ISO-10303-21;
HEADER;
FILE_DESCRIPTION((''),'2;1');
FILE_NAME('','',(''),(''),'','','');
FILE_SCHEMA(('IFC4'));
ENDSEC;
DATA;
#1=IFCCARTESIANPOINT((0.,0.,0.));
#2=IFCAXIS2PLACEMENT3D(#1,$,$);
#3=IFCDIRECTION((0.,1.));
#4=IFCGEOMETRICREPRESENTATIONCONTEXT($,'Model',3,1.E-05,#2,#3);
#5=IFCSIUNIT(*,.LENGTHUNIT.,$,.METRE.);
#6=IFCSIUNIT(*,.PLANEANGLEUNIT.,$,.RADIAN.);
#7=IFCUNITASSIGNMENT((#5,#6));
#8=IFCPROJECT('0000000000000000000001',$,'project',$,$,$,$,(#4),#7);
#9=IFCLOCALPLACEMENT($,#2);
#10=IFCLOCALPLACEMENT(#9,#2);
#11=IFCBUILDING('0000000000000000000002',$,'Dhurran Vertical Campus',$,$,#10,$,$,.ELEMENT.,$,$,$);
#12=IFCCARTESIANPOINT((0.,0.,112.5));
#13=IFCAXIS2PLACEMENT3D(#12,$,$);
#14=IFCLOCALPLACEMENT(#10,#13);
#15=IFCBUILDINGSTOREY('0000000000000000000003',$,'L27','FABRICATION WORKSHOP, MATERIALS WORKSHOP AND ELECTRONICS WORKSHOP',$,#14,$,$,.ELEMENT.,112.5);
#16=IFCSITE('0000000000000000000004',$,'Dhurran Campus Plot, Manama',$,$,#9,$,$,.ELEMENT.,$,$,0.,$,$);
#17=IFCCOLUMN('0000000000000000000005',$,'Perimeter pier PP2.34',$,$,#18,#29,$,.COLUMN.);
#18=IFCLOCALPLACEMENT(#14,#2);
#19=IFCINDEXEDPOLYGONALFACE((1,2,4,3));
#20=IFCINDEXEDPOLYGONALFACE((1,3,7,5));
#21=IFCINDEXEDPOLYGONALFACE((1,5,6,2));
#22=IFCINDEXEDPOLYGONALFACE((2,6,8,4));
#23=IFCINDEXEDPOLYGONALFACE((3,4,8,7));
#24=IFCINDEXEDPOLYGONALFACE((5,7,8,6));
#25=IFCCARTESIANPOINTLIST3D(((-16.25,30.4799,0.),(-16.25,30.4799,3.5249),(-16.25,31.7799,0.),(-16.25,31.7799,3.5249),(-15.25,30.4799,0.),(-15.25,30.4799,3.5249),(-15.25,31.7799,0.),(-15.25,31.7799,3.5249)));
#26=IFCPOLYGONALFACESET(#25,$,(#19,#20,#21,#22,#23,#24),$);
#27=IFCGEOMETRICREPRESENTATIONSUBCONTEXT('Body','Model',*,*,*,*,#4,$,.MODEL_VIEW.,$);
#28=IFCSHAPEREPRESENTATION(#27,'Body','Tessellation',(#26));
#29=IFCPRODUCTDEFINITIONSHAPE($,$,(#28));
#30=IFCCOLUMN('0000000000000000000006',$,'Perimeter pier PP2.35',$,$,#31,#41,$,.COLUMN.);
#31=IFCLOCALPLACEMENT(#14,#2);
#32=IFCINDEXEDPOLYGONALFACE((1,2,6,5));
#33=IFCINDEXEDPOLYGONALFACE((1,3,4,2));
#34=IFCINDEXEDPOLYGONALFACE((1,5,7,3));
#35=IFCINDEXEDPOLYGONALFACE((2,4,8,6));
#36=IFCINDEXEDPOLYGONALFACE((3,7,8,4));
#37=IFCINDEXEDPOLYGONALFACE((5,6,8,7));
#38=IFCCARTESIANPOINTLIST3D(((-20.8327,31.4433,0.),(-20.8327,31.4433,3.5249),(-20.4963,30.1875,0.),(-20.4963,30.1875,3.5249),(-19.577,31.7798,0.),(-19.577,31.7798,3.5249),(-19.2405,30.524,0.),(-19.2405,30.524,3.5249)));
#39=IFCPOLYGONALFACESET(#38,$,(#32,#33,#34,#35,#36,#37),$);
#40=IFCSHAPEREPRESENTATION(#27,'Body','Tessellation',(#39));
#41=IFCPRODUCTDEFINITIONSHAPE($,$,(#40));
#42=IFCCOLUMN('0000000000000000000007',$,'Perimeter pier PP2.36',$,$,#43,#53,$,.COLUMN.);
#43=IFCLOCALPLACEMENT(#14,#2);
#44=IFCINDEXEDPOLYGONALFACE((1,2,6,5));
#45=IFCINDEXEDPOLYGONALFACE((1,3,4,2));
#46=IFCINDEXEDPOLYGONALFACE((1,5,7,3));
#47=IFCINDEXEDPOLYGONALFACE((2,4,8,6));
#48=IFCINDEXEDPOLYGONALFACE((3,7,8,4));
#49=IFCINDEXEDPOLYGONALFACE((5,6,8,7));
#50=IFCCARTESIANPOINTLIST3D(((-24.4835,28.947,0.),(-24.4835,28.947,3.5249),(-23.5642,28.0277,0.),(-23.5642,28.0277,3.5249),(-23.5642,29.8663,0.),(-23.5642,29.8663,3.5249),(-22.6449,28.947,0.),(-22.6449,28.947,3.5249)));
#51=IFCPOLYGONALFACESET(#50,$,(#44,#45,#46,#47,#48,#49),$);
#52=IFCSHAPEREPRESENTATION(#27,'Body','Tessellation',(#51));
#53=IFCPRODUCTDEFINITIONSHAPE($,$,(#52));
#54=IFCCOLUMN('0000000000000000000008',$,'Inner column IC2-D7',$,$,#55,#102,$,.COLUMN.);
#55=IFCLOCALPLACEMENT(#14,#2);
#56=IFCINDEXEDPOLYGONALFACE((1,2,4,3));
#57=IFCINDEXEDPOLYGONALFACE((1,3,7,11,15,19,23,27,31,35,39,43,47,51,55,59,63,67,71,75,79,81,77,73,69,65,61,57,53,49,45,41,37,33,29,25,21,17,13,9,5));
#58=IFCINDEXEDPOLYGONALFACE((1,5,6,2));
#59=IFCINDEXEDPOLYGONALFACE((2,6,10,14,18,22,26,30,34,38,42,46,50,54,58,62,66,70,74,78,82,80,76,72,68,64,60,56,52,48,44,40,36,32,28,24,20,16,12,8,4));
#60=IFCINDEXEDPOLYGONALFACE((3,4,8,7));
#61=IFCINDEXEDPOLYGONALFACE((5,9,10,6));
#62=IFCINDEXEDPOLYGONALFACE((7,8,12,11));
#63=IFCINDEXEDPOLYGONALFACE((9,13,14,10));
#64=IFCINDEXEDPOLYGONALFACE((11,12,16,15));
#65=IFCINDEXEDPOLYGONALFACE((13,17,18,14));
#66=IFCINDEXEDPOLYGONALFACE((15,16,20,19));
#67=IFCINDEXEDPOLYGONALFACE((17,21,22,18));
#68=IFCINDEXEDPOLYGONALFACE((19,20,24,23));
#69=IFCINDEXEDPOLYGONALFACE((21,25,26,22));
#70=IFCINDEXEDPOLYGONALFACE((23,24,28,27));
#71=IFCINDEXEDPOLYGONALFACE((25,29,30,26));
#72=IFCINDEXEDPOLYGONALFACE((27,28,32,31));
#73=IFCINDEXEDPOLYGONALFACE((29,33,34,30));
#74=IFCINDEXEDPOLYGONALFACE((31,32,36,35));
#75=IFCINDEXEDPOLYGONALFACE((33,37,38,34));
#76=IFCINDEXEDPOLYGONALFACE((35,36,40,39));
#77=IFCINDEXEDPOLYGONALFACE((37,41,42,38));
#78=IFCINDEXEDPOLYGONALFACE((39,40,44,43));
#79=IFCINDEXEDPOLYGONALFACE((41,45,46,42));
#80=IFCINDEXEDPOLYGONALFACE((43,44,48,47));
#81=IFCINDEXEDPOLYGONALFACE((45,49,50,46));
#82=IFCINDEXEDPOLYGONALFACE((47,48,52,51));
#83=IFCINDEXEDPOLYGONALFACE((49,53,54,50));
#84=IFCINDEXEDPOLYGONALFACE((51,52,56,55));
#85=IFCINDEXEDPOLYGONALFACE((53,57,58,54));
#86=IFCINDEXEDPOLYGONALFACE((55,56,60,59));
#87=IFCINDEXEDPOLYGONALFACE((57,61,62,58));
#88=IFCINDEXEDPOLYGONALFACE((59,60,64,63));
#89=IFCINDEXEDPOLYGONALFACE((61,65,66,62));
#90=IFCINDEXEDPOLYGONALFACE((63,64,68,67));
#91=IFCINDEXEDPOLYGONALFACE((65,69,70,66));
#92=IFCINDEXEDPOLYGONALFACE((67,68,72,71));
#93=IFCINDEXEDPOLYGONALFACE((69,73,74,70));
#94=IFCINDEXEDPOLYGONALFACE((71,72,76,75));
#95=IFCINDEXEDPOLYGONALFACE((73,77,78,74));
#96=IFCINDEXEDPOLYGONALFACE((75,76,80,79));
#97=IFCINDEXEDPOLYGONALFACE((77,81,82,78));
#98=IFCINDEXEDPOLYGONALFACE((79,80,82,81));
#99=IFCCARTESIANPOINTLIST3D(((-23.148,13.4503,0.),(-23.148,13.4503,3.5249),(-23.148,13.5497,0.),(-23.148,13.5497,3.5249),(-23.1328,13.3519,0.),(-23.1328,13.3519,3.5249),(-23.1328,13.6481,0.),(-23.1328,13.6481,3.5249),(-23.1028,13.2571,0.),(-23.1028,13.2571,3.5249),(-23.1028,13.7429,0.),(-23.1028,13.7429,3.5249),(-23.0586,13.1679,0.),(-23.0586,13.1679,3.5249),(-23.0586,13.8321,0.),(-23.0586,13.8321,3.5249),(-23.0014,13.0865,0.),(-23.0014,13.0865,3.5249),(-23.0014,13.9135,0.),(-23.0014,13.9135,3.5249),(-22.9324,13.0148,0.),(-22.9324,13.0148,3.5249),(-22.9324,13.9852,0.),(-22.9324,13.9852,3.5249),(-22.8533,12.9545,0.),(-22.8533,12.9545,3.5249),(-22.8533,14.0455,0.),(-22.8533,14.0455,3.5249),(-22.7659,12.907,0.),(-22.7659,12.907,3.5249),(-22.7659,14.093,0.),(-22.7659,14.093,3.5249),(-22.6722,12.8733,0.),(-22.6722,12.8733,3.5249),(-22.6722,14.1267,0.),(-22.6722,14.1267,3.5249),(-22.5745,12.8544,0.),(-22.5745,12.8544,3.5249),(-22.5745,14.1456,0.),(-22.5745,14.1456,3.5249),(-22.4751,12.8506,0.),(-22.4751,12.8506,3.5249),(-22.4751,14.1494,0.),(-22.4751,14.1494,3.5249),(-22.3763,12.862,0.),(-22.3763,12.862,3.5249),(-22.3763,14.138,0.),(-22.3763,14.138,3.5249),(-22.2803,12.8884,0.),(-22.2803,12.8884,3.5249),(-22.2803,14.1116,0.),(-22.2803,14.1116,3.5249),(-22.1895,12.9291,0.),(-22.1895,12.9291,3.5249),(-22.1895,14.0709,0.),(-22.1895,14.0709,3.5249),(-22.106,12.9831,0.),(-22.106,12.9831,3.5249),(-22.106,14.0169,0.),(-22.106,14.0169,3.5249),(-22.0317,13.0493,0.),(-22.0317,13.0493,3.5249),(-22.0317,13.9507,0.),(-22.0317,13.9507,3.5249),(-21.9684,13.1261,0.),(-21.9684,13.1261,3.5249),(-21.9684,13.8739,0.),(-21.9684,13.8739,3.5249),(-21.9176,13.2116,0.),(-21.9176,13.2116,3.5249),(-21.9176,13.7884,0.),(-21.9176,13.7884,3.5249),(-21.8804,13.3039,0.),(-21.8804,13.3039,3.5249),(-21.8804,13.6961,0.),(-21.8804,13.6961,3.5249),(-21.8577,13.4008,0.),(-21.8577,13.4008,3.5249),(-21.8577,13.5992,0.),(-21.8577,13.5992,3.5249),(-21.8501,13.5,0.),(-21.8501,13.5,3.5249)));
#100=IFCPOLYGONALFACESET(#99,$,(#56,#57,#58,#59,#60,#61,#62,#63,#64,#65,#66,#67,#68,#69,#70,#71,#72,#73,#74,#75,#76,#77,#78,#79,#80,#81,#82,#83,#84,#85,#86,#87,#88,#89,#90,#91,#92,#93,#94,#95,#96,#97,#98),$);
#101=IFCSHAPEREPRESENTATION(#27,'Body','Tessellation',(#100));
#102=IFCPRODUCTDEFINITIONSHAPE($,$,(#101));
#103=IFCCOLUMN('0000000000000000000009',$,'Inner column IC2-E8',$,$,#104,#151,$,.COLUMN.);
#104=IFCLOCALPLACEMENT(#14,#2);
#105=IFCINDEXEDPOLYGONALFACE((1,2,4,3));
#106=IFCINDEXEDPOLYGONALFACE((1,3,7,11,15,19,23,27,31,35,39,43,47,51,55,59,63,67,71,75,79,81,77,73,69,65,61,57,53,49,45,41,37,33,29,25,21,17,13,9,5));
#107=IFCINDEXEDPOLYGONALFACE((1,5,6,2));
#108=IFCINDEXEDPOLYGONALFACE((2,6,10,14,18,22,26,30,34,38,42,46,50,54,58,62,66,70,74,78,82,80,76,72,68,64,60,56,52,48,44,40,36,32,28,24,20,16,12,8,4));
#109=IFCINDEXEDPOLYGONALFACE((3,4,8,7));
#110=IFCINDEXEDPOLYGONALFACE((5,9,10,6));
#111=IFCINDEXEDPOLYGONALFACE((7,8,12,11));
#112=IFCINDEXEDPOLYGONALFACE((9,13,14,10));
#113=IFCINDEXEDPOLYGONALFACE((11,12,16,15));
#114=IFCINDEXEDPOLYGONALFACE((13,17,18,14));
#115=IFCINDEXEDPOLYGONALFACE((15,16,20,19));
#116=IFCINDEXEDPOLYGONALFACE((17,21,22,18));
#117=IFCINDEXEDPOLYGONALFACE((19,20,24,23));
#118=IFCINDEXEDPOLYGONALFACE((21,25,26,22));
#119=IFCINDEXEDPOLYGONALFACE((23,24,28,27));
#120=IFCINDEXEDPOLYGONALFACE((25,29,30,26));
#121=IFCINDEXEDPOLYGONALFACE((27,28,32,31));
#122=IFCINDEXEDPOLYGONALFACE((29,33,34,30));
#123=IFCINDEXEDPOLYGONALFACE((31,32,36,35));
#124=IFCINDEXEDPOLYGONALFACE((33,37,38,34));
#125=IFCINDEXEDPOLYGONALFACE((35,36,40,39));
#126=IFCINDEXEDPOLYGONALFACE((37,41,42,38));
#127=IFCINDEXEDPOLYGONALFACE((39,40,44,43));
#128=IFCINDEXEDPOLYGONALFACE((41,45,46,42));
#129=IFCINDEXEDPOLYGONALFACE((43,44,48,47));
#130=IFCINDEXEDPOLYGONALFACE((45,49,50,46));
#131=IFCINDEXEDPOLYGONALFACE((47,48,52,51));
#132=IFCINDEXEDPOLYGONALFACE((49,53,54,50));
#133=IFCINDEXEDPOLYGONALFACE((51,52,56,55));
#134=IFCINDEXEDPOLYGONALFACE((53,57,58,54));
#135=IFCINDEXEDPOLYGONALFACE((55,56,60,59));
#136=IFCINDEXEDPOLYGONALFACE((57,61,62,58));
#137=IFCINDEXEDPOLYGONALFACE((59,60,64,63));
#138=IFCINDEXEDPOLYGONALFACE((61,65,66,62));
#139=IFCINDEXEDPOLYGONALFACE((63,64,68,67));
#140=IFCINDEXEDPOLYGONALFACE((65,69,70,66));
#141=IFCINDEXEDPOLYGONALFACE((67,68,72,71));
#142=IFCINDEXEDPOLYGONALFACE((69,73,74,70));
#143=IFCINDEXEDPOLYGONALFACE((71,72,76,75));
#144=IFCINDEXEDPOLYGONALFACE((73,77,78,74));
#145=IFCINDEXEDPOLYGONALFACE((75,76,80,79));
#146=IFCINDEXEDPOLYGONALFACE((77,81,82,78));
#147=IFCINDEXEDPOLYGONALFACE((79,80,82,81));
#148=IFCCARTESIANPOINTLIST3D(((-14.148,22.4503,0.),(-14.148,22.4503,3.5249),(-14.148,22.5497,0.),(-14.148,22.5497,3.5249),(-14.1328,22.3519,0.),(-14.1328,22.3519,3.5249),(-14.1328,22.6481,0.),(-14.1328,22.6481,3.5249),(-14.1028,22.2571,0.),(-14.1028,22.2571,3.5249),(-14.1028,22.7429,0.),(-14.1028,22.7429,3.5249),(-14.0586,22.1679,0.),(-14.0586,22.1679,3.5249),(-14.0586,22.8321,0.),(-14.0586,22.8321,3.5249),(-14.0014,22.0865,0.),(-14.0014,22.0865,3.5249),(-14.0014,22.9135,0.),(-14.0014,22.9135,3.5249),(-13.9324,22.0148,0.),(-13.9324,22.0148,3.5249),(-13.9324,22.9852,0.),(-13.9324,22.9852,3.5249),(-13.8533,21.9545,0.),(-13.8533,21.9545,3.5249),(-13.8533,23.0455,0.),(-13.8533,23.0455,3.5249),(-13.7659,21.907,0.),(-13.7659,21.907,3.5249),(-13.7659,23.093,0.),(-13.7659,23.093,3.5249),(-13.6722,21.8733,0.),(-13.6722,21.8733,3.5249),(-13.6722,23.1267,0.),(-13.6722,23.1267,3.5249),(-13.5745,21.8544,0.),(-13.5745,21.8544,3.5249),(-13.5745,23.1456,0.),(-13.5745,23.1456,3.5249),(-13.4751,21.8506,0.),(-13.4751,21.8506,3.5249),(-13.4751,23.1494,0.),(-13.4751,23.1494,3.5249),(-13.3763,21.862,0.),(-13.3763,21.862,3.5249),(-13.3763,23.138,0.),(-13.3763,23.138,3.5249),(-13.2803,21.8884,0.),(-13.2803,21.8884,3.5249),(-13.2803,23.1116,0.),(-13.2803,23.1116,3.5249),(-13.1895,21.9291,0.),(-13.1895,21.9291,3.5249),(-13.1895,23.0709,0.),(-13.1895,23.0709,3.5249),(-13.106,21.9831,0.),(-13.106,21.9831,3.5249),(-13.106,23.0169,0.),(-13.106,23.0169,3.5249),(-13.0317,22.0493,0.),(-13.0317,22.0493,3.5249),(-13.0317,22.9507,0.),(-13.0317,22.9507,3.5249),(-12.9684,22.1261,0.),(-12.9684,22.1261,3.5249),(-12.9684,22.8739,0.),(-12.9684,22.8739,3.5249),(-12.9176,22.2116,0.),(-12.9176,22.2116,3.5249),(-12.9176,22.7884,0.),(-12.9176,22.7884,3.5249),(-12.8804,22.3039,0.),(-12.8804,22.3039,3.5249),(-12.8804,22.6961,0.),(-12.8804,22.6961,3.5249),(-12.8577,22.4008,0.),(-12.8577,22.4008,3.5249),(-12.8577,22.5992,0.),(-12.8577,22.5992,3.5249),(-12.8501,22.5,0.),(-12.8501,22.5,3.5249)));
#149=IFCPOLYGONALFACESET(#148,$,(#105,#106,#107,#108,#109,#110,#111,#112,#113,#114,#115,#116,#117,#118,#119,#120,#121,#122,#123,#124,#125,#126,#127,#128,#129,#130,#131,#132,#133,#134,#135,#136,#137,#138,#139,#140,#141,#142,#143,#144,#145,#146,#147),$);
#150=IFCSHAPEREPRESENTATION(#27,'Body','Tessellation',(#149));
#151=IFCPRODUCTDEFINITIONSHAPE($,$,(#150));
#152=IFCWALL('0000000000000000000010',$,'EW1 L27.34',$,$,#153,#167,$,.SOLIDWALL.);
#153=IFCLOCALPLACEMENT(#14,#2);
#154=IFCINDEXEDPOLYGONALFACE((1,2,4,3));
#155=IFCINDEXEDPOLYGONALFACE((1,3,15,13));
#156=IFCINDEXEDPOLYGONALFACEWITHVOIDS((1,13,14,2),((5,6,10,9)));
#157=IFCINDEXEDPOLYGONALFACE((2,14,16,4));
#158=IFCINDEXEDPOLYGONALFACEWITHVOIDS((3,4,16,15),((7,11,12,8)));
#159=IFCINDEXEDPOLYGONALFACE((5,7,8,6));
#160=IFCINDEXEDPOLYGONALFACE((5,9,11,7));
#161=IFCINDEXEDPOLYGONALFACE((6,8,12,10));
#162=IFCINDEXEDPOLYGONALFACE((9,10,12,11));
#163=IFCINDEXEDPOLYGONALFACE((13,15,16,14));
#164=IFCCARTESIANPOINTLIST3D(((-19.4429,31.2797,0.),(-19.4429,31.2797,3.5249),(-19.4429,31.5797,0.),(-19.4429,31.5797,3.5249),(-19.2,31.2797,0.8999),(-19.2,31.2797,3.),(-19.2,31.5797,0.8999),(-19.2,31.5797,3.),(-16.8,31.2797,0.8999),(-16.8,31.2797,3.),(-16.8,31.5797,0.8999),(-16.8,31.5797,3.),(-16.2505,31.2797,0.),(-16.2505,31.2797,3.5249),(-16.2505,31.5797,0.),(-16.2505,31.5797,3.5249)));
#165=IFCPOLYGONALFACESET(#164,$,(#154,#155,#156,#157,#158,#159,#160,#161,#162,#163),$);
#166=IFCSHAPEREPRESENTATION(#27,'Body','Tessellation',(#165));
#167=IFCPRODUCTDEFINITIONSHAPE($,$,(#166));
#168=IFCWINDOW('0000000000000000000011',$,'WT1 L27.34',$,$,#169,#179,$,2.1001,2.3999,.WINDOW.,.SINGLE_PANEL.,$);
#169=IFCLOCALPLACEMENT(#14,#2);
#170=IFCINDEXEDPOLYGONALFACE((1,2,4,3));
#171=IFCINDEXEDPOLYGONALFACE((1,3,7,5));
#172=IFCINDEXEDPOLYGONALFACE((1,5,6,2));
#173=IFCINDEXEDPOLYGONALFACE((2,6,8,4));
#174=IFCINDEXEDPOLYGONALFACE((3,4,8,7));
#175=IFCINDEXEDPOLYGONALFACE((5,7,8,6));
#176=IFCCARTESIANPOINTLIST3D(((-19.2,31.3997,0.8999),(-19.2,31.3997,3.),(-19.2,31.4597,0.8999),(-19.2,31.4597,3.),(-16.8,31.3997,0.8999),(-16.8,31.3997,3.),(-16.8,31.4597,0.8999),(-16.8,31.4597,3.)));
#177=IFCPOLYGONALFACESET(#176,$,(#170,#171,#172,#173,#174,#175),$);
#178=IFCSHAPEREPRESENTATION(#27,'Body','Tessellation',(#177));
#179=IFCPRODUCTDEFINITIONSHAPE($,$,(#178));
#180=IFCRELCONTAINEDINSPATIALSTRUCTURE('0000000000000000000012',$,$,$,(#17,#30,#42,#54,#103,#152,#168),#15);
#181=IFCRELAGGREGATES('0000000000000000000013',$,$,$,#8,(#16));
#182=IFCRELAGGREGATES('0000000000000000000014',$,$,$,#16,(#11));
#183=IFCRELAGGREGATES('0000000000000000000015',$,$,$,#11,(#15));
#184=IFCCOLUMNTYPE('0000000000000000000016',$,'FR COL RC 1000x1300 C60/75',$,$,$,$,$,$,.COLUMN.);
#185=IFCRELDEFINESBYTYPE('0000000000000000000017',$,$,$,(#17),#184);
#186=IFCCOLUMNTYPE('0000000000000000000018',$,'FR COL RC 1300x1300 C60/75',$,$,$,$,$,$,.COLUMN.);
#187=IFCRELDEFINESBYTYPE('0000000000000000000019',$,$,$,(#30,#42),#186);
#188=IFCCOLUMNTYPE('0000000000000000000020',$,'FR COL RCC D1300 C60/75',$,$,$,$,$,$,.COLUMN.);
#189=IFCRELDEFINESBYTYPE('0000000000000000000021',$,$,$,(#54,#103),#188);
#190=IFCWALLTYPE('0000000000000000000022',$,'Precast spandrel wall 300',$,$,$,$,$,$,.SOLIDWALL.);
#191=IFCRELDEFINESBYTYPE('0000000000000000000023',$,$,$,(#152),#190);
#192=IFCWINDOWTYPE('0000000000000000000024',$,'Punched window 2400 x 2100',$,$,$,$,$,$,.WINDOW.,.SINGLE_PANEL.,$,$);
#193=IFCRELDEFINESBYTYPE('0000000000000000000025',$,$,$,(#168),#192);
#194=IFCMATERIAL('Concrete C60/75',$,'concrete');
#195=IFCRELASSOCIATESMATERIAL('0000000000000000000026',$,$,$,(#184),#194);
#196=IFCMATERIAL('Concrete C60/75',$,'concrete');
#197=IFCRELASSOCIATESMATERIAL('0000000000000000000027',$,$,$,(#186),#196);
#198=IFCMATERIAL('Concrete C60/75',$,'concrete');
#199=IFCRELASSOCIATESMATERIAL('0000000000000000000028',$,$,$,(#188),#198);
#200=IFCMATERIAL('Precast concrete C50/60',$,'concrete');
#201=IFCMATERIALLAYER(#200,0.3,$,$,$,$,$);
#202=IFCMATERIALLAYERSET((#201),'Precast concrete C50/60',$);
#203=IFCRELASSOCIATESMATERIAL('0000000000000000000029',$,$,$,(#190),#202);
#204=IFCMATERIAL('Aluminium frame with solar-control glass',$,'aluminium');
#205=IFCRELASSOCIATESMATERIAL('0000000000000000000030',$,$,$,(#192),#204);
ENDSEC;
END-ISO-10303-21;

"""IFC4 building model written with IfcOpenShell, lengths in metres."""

from ifc_helpers import new_model, si_unit, direction, frame, frame_2d, origin, origin_2d, place, context, subcontext, project, spatial, rectangle, circle, extrude, material, layer, layer_set, material_profile, profile_set, type_object, element, fill, save


model = new_model("IFC4")

# Units and contexts
model_context = context("Model", 3, precision=1e-05, world=origin(), true_north=direction((0.0, 1.0)))
body_context = subcontext(model_context, "Body", "Model", "MODEL_VIEW")
ifc_project = project(units=[si_unit("LENGTHUNIT", "METRE"), si_unit("PLANEANGLEUNIT", "RADIAN")], contexts=[model_context])

# Site, building, storey
site_placement = place(None, origin())
site = spatial("IfcSite", under=ifc_project, at=site_placement, Name="Dhurran Campus Plot, Manama", CompositionType="ELEMENT", RefElevation=0.0)
building_placement = place(site_placement, origin())
building = spatial("IfcBuilding", under=site, at=building_placement, Name="Dhurran Vertical Campus", CompositionType="ELEMENT")
storey_placement = place(building_placement, frame((0.0, 0.0, 112.5)))
storey = spatial("IfcBuildingStorey", under=building, at=storey_placement, Name="L27", Description="FABRICATION WORKSHOP, MATERIALS WORKSHOP AND ELECTRONICS WORKSHOP", CompositionType="ELEMENT", Elevation=112.5)

# Columns
ifc_material_1 = material(Name="Concrete C60/75", Category="concrete")
ifc_material_profile_1 = material_profile(ifc_material_1, rectangle(XDim=1.0, YDim=1.3, at=origin_2d()), Name="RC 1000x1300")
ifc_profile_set_1 = profile_set([ifc_material_profile_1], Name="Concrete C60/75")
column_type_1 = type_object("IfcColumnType", Name="FR COL RC 1000x1300 C60/75", PredefinedType="COLUMN", material=ifc_profile_set_1)
column_placement = place(storey_placement, frame((-15.75, 31.1299, 0.0), z_axis=(0.0, 0.0, 1.0), x_axis=(-1.0, 0.0, 0.0)))
element("IfcColumn", 1, at=column_placement, inside=storey, type_object=column_type_1, Name="Perimeter pier PP2.34", PredefinedType="COLUMN", context=body_context, shape_type="SweptSolid", body=[
    extrude(rectangle(XDim=1.0, YDim=1.3, at=origin_2d()), origin(), (0.0, 0.0, 1.0), 3.5249),
])
ifc_material_2 = material(Name="Concrete C60/75", Category="concrete")
ifc_material_profile_2 = material_profile(ifc_material_2, rectangle(XDim=1.3, YDim=1.3, at=origin_2d()), Name="RC 1300x1300")
ifc_profile_set_2 = profile_set([ifc_material_profile_2], Name="Concrete C60/75")
column_type_2 = type_object("IfcColumnType", Name="FR COL RC 1300x1300 C60/75", PredefinedType="COLUMN", material=ifc_profile_set_2)
for number, where, z_axis, x_axis, name in (
    (2, (-20.0366, 30.9836, 0.0), (0.0, 0.0, 1.0), (-0.965926, -0.258819, 0.0), "Perimeter pier PP2.35"),
    (3, (-23.5642, 28.947, 0.0), (0.0, 0.0, 1.0), (-0.707107, -0.707107, 0.0), "Perimeter pier PP2.36"),
):
    element("IfcColumn", number, at=place(storey_placement, frame(where, z_axis=z_axis, x_axis=x_axis)), inside=storey, type_object=column_type_2, Name=name, PredefinedType="COLUMN", context=body_context, shape_type="SweptSolid", body=[
        extrude(rectangle(XDim=1.3, YDim=1.3, at=origin_2d()), origin(), (0.0, 0.0, 1.0), 3.5249),
    ])
ifc_material_3 = material(Name="Concrete C60/75", Category="concrete")
ifc_material_profile_3 = material_profile(ifc_material_3, circle(Radius=0.6499, at=origin_2d()), Name="RCC D1300")
ifc_profile_set_3 = profile_set([ifc_material_profile_3], Name="Concrete C60/75")
column_type_3 = type_object("IfcColumnType", Name="FR COL RCC D1300 C60/75", PredefinedType="COLUMN", material=ifc_profile_set_3)
for number, where, z_axis, x_axis, name in (
    (4, (-22.5, 13.5, 0.0), (0.0, 0.0, 1.0), (1.0, 0.0, 0.0), "Inner column IC2-D7"),
    (5, (-13.5, 22.5, 0.0), (0.0, 0.0, 1.0), (1.0, 0.0, 0.0), "Inner column IC2-E8"),
):
    element("IfcColumn", number, at=place(storey_placement, frame(where, z_axis=z_axis, x_axis=x_axis)), inside=storey, type_object=column_type_3, Name=name, PredefinedType="COLUMN", context=body_context, shape_type="SweptSolid", body=[
        extrude(circle(Radius=0.6499, at=origin_2d()), origin(), (0.0, 0.0, 1.0), 3.5249),
    ])

# Wall, opening, window
ifc_material_4 = material(Name="Precast concrete C50/60", Category="concrete")
ifc_layer_1 = layer(ifc_material_4, 0.3)
ifc_layer_set_1 = layer_set([ifc_layer_1], Name="Precast concrete C50/60")
wall_type_1 = type_object("IfcWallType", Name="Precast spandrel wall 300", PredefinedType="SOLIDWALL", material=ifc_layer_set_1)
wall_1_placement = place(storey_placement, frame((-16.2505, 31.4297, 0.0), z_axis=(0.0, 0.0, 1.0), x_axis=(-1.0, 0.0, 0.0)))
wall_1 = element("IfcWall", 6, at=wall_1_placement, inside=storey, type_object=wall_type_1, Name="EW1 L27.34", PredefinedType="SOLIDWALL", context=body_context, shape_type="SweptSolid", body=[
    extrude(rectangle(XDim=3.1924, YDim=0.3, at=frame_2d((1.5962, 0.0))), origin(), (0.0, 0.0, 1.0), 3.5249),
])
opening_1_placement = place(wall_1_placement, frame((0.5496, 0.0, 0.8999)))
opening_1 = element("IfcOpeningElement", 7, at=opening_1_placement, cuts=wall_1, PredefinedType="OPENING", context=body_context, shape_type="SweptSolid", body=[
    extrude(rectangle(XDim=2.3999, YDim=2.1001, at=frame_2d((1.2, 1.05))), frame((0.0, 0.1599, 0.0), z_axis=(0.0, -1.0, 0.0), x_axis=(1.0, 0.0, 0.0)), (0.0, 0.0, 1.0), 0.3201),
])
ifc_material_5 = material(Name="Aluminium frame with solar-control glass", Category="aluminium")
window_type = type_object("IfcWindowType", Name="Punched window 2400 x 2100", PartitioningType="SINGLE_PANEL", PredefinedType="WINDOW", material=ifc_material_5)
window_1_placement = place(opening_1_placement, origin())
window_1 = element("IfcWindow", 8, at=window_1_placement, inside=storey, type_object=window_type, Name="WT1 L27.34", OverallHeight=2.1001, OverallWidth=2.3999, PartitioningType="SINGLE_PANEL", PredefinedType="WINDOW", context=body_context, shape_type="SweptSolid", body=[
    extrude(rectangle(XDim=2.3999, YDim=2.1001, at=frame_2d((1.2, 1.05))), frame((0.0, 0.03, 0.0), z_axis=(0.0, -1.0, 0.0), x_axis=(1.0, 0.0, 0.0)), (0.0, 0.0, 1.0), 0.0601),
])
fill(opening_1, window_1)

save(model, "model.ifc")
